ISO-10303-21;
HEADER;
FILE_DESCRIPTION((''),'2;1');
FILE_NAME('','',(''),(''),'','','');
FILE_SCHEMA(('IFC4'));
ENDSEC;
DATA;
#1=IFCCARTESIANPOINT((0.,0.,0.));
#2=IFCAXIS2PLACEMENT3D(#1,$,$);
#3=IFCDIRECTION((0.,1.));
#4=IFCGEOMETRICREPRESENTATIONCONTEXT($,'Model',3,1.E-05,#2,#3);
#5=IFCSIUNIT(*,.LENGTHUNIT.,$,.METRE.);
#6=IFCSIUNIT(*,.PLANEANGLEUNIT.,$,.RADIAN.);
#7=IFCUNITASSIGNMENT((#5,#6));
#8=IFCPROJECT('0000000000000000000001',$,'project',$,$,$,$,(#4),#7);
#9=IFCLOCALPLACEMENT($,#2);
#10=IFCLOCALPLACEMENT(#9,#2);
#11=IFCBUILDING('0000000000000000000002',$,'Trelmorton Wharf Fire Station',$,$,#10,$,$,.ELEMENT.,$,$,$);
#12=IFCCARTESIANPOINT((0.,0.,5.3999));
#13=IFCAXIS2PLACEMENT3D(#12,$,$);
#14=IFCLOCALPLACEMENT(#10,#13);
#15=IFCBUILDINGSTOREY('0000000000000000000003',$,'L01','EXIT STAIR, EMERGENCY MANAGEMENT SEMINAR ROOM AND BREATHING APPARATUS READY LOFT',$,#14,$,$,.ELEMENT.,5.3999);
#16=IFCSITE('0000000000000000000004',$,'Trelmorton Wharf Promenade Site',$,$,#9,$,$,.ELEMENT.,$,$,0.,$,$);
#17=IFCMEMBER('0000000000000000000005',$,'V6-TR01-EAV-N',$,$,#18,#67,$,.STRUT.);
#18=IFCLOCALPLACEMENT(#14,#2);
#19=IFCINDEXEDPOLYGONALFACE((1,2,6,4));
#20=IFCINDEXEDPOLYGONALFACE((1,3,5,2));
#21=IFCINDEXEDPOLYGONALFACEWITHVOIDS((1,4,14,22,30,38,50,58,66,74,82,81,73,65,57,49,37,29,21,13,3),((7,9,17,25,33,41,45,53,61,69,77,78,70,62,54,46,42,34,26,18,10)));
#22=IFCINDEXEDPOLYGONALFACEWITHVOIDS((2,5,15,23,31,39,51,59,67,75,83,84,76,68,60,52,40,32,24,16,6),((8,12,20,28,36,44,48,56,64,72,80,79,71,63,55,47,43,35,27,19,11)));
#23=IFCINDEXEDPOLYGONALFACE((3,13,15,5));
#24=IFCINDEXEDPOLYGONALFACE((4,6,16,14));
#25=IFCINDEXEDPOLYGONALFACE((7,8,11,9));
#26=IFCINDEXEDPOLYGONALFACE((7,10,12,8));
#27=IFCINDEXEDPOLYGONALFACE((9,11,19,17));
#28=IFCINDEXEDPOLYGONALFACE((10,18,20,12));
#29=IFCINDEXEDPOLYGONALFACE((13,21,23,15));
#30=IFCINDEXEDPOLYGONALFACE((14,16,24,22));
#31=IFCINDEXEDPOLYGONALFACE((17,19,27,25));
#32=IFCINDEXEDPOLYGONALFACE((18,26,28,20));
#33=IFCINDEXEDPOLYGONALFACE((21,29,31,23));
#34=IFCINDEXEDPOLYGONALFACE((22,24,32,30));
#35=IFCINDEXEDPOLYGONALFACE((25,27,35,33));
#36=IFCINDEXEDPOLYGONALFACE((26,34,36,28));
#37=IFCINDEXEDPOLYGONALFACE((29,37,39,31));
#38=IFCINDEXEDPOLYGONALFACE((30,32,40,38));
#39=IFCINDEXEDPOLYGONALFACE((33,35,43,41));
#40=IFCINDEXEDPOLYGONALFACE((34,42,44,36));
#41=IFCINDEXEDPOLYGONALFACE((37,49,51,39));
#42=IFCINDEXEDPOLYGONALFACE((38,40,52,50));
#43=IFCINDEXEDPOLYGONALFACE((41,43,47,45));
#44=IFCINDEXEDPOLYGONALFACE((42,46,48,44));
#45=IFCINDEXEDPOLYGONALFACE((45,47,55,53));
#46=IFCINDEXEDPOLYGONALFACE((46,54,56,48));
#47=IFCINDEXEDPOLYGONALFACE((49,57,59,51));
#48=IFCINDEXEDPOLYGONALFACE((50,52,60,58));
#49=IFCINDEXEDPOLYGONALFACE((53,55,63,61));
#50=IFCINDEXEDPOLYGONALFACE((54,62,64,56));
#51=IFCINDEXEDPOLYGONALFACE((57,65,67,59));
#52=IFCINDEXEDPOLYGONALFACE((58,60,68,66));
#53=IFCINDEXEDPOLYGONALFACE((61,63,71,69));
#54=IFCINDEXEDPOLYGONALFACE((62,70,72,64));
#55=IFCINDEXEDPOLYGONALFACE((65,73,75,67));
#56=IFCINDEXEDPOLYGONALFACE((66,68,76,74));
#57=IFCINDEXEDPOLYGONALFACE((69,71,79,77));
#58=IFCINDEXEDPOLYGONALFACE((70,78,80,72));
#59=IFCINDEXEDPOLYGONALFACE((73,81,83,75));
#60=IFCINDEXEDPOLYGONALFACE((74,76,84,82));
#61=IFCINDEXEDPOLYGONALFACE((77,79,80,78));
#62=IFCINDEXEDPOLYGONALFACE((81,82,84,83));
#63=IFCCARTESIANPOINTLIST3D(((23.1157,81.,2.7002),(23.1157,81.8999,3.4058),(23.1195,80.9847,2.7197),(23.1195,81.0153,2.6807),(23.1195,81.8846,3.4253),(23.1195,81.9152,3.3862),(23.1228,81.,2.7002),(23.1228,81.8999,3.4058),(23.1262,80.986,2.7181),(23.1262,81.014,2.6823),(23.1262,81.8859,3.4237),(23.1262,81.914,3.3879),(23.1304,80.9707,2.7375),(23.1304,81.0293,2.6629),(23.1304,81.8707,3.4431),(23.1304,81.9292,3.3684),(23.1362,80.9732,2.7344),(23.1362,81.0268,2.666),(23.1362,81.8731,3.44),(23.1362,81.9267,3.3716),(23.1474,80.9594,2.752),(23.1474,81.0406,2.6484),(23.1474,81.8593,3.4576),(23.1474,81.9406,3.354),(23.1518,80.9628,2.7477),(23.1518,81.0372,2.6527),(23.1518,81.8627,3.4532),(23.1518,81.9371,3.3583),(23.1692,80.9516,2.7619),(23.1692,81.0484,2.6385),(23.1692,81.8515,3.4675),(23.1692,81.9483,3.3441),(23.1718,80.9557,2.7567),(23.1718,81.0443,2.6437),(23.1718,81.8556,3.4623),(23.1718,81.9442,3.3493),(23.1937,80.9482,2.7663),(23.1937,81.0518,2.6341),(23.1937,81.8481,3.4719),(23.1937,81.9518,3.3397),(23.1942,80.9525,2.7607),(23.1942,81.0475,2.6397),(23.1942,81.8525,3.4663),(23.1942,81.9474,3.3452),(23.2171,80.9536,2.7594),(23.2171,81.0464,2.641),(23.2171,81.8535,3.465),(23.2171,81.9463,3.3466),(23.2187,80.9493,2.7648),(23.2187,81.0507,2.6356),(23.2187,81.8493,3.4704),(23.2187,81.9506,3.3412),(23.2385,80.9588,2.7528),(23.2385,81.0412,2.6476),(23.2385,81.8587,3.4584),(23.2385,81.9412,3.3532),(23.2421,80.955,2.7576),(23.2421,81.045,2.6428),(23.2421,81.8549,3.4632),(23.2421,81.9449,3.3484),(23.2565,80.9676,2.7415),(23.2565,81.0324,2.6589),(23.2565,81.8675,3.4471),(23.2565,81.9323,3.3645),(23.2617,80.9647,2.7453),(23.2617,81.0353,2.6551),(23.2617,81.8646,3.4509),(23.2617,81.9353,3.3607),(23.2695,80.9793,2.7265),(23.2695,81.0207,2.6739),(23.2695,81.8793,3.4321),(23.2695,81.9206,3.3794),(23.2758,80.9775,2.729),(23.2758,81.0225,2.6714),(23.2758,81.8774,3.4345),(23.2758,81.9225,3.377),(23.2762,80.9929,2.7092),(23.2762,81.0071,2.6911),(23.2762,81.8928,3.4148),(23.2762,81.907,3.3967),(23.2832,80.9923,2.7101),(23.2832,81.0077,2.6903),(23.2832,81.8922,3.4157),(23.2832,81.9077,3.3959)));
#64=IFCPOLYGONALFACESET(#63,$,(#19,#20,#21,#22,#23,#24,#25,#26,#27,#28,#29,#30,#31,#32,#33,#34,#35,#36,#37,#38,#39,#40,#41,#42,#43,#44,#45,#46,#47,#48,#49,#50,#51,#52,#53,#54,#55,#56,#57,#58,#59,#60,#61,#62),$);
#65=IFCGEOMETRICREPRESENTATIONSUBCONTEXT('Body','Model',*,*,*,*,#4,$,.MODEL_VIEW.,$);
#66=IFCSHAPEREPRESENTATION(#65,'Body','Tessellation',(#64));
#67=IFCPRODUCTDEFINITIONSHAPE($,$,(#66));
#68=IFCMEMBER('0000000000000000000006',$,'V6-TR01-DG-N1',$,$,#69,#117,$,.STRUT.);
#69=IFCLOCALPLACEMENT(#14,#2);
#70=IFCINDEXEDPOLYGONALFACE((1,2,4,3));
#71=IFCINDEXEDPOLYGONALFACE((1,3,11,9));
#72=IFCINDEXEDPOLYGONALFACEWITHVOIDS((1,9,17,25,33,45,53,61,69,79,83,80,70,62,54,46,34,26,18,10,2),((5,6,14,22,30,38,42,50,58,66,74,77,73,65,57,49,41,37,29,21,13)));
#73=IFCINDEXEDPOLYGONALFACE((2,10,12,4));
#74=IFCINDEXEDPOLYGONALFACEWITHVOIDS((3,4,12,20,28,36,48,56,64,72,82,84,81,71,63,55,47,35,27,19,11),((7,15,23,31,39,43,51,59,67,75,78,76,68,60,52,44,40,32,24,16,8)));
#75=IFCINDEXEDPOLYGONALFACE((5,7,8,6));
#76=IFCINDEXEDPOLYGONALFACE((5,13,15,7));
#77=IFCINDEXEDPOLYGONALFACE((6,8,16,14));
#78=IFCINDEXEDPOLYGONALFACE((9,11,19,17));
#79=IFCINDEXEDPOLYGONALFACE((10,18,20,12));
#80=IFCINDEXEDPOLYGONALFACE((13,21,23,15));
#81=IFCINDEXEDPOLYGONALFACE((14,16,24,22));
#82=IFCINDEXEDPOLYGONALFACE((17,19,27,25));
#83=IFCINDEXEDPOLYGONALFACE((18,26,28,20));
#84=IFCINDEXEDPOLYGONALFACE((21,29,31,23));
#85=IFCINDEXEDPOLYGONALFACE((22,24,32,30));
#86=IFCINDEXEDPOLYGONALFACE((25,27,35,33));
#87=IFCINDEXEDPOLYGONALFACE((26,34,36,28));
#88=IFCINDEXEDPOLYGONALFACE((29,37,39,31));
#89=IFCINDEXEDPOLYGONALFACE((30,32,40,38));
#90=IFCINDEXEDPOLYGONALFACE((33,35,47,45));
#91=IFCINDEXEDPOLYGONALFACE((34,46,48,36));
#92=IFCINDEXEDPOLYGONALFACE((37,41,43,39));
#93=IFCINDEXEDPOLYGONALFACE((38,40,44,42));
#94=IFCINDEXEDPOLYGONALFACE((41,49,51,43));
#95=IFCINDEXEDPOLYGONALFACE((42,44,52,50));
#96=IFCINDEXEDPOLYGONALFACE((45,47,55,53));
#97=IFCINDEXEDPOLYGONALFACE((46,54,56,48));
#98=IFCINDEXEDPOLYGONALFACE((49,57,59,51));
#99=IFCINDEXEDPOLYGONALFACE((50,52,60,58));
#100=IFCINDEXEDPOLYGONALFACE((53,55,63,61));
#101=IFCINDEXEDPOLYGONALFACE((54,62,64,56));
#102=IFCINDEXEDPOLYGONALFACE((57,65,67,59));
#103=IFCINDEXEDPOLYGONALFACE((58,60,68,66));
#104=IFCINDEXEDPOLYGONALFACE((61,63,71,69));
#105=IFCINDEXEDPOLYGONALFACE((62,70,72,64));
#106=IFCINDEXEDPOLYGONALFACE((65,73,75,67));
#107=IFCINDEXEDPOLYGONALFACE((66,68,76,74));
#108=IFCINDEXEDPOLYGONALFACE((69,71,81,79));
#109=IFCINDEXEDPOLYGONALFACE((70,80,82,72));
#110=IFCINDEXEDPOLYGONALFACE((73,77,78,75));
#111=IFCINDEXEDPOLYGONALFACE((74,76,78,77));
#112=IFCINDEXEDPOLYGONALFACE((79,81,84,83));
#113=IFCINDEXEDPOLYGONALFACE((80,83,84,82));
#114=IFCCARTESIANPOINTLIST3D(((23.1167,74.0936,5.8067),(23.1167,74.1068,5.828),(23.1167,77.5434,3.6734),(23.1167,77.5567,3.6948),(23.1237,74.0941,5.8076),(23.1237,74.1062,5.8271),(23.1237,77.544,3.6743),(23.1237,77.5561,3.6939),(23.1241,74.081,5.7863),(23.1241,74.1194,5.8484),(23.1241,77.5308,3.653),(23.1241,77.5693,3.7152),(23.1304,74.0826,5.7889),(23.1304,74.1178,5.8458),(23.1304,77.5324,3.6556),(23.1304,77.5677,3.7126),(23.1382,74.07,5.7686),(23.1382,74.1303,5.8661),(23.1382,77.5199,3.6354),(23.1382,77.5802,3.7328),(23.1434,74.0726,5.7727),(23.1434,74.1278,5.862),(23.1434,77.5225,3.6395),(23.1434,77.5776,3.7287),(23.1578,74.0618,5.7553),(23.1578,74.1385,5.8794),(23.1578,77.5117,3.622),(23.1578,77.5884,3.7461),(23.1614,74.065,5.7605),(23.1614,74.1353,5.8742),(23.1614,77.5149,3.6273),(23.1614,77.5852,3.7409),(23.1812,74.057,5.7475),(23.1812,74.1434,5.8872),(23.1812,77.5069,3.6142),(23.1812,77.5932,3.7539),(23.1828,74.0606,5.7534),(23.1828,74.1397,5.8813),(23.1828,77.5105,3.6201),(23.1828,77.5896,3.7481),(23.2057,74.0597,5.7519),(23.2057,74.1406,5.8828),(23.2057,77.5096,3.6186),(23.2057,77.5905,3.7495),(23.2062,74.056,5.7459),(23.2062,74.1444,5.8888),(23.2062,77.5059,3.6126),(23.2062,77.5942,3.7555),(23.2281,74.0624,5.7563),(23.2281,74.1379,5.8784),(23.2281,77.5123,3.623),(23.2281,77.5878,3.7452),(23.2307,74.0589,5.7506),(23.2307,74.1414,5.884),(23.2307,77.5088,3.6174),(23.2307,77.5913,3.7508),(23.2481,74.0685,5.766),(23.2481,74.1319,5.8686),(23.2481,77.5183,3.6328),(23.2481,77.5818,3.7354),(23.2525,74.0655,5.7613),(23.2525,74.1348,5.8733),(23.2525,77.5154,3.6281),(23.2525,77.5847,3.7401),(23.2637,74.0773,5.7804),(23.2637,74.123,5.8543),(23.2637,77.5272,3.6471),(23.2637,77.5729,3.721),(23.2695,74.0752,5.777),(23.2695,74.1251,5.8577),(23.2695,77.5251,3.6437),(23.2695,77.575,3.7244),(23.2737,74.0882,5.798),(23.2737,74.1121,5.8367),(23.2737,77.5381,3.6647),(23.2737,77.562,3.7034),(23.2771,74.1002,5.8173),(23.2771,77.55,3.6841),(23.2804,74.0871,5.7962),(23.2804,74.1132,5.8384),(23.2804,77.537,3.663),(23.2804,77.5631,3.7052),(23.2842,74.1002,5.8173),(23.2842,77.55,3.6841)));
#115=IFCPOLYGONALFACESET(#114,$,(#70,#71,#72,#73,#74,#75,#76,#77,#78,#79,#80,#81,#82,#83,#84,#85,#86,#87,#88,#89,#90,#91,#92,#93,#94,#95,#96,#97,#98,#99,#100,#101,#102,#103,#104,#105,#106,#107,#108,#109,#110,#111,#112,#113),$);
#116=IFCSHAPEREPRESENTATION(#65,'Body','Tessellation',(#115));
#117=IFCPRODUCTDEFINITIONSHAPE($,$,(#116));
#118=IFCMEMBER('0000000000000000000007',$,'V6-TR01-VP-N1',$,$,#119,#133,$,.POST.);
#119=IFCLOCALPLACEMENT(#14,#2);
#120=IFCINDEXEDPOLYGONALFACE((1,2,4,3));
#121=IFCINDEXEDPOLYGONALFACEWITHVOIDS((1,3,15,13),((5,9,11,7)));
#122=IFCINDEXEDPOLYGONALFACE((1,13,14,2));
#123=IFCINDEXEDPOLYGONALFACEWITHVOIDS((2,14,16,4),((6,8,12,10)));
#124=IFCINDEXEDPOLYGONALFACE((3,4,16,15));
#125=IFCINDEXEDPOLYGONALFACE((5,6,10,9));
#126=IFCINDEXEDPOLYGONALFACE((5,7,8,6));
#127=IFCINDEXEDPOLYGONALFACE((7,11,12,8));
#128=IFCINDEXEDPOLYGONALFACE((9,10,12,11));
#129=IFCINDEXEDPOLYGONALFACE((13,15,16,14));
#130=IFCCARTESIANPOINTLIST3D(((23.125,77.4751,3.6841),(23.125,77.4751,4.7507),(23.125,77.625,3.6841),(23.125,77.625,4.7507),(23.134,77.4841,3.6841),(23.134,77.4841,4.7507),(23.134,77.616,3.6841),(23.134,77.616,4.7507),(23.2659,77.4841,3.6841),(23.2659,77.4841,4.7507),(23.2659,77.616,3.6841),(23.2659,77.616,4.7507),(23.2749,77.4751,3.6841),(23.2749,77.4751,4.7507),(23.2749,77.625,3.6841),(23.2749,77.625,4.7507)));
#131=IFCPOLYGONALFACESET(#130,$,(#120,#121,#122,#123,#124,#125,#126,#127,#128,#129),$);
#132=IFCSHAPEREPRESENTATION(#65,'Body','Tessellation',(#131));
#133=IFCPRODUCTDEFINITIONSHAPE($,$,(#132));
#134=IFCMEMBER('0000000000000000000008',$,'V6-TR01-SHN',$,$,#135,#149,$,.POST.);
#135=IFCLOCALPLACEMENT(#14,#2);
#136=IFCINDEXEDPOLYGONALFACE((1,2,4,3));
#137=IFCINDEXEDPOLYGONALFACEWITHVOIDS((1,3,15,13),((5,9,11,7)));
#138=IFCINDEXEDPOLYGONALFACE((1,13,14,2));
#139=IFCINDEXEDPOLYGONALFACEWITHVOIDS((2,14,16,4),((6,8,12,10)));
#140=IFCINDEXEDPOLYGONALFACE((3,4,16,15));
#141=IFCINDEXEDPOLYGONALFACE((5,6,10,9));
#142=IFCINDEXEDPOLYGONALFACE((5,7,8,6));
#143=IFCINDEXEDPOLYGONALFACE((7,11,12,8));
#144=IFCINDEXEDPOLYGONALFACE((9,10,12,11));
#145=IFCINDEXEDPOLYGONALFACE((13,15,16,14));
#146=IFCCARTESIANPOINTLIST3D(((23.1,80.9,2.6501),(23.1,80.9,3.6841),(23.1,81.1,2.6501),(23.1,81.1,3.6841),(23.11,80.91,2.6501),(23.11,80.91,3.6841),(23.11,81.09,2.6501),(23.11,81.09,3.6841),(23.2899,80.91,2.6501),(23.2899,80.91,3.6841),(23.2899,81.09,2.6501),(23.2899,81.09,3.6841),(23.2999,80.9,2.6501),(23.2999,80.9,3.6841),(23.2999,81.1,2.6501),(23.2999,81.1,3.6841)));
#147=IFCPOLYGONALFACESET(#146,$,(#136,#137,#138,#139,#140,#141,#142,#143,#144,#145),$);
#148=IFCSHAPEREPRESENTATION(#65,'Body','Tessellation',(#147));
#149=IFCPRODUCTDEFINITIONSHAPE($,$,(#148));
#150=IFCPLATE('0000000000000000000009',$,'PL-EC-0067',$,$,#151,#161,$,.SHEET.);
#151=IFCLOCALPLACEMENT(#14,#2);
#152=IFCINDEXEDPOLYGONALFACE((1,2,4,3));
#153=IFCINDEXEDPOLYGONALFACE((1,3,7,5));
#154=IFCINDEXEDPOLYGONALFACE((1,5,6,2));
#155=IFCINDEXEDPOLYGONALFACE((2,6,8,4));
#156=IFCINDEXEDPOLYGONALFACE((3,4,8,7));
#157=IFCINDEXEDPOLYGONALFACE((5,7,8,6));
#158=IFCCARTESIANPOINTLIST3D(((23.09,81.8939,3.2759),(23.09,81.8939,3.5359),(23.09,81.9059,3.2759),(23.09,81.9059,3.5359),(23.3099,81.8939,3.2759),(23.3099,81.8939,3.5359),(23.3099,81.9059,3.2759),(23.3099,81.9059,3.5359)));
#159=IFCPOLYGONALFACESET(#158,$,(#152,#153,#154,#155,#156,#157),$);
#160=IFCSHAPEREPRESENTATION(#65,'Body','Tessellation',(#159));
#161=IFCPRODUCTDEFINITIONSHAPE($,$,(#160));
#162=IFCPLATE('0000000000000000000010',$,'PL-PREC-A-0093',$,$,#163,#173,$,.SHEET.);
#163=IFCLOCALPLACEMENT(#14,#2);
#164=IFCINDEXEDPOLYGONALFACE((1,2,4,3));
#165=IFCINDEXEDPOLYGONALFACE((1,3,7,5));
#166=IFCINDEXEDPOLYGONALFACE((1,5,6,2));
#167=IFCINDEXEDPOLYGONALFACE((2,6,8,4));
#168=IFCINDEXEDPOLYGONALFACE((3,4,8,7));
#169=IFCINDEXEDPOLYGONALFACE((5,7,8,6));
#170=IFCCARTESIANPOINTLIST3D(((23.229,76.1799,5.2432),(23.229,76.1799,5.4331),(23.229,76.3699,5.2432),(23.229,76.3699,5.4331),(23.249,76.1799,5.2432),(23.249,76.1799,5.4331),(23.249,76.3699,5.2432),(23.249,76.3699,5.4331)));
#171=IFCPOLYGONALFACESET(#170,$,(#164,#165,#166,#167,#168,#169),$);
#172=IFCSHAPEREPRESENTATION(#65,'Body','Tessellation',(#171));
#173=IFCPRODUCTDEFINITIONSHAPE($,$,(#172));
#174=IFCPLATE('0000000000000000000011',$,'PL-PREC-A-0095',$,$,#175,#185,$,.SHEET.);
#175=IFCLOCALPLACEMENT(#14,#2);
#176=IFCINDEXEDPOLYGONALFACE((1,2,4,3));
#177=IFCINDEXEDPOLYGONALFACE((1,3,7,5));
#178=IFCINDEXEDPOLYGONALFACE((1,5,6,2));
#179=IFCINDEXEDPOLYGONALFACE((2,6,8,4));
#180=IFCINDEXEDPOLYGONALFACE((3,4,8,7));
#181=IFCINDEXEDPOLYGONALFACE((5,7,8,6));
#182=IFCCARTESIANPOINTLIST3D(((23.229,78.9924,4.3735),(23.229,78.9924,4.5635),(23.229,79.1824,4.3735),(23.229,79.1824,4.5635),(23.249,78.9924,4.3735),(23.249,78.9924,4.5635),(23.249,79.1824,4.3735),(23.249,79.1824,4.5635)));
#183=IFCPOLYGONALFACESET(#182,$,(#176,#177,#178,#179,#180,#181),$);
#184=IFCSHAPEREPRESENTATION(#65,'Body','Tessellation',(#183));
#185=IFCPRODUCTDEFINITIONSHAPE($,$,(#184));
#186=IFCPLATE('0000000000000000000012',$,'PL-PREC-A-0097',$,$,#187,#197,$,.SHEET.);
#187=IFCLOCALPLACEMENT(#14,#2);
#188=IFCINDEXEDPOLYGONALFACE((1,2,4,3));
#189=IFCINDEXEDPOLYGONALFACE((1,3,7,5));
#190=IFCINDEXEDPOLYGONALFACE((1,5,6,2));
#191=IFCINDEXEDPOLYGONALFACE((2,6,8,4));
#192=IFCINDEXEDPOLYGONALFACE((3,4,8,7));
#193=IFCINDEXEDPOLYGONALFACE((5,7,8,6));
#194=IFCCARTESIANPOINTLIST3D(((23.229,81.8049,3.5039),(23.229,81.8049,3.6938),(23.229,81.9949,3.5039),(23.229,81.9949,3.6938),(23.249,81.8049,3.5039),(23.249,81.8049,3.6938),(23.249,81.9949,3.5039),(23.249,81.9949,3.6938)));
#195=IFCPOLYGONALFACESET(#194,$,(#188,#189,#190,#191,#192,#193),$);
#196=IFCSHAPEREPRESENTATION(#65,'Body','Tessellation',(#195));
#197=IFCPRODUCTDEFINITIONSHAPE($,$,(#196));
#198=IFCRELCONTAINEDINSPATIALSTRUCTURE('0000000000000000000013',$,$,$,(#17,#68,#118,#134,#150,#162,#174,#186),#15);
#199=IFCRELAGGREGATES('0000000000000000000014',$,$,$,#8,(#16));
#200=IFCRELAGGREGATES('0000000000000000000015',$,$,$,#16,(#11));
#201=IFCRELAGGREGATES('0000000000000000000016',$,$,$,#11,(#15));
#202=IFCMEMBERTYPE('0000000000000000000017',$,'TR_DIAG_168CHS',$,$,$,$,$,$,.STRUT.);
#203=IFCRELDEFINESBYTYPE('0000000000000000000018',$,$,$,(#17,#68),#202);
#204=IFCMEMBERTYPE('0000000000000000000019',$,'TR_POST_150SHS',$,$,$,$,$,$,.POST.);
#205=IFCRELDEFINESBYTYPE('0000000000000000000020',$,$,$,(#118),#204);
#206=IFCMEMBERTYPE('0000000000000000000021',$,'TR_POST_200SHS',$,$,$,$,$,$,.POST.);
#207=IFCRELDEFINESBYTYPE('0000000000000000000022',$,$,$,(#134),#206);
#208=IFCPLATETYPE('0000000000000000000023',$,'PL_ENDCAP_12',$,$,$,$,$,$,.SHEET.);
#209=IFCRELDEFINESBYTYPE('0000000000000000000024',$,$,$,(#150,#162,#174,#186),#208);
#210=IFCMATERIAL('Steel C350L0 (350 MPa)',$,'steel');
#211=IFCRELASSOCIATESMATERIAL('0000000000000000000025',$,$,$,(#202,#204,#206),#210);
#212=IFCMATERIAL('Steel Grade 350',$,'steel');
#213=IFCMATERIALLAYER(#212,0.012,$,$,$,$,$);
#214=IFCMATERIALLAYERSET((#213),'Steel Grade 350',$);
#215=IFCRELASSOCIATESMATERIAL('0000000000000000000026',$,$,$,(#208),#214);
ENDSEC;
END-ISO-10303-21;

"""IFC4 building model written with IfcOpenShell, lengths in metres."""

from ifc_helpers import new_model, si_unit, direction, frame, origin, origin_2d, place, context, subcontext, project, spatial, rectangle, hollow_rectangle, hollow_circle, extrude, material, layer, layer_set, material_profile, profile_set, type_object, element, save


model = new_model("IFC4")

# Units and contexts
model_context = context("Model", 3, precision=1e-05, world=origin(), true_north=direction((0.0, 1.0)))
body_context = subcontext(model_context, "Body", "Model", "MODEL_VIEW")
ifc_project = project(units=[si_unit("LENGTHUNIT", "METRE"), si_unit("PLANEANGLEUNIT", "RADIAN")], contexts=[model_context])

# Site, building, storey
site_placement = place(None, origin())
site = spatial("IfcSite", under=ifc_project, at=site_placement, Name="Trelmorton Wharf Promenade Site", CompositionType="ELEMENT", RefElevation=0.0)
building_placement = place(site_placement, origin())
building = spatial("IfcBuilding", under=site, at=building_placement, Name="Trelmorton Wharf Fire Station", CompositionType="ELEMENT")
storey_placement = place(building_placement, frame((0.0, 0.0, 5.3999)))
storey = spatial("IfcBuildingStorey", under=building, at=storey_placement, Name="L01", Description="EXIT STAIR, EMERGENCY MANAGEMENT SEMINAR ROOM AND BREATHING APPARATUS READY LOFT", CompositionType="ELEMENT", Elevation=5.3999)

# Shared definitions
ifc_material_1 = material(Name="Steel Grade 350", Category="steel")

# Shared definitions
ifc_material_2 = material(Name="Steel C350L0 (350 MPa)", Category="steel")

# Members
ifc_material_profile_1 = material_profile(ifc_material_2, hollow_circle(Radius=0.0842, WallThickness=0.0071, at=origin_2d()), Name="168.3x7.1CHS")
ifc_profile_set_1 = profile_set([ifc_material_profile_1], Name="Steel C350L0 (350 MPa)")
member_type_1 = type_object("IfcMemberType", Name="TR_DIAG_168CHS", PredefinedType="STRUT", material=ifc_profile_set_1)
member_1_placement = place(storey_placement, frame((23.2, 81.0, 2.7002), z_axis=(0.0, 0.786955, 0.61701), x_axis=(-1.0, 0.0, 0.0)))
element("IfcMember", 1, at=member_1_placement, inside=storey, type_object=member_type_1, Name="V6-TR01-EAV-N", PredefinedType="STRUT", context=body_context, shape_type="SweptSolid", body=[
    extrude(hollow_circle(Radius=0.0842, WallThickness=0.0071, at=origin_2d()), origin(), (0.0, 0.0, 1.0), 1.1436),
])
member_2_placement = place(storey_placement, frame((23.2, 77.55, 3.6841), z_axis=(0.0, -0.850528, 0.52593), x_axis=(1.0, 0.0, 0.0)))
element("IfcMember", 2, at=member_2_placement, inside=storey, type_object=member_type_1, Name="V6-TR01-DG-N1", PredefinedType="STRUT", context=body_context, shape_type="SweptSolid", body=[
    extrude(hollow_circle(Radius=0.0842, WallThickness=0.0071, at=origin_2d()), origin(), (0.0, 0.0, 1.0), 4.0562),
])
ifc_material_profile_2 = material_profile(ifc_material_2, hollow_rectangle(XDim=0.1499, YDim=0.1499, WallThickness=0.009, at=origin_2d()), Name="150x150x9.0SHS")
ifc_profile_set_2 = profile_set([ifc_material_profile_2], Name="Steel C350L0 (350 MPa)")
member_type_2 = type_object("IfcMemberType", Name="TR_POST_150SHS", PredefinedType="POST", material=ifc_profile_set_2)
member_3_placement = place(storey_placement, frame((23.2, 77.55, 3.6841), z_axis=(0.0, 0.0, 1.0), x_axis=(1.0, 0.0, 0.0)))
element("IfcMember", 3, at=member_3_placement, inside=storey, type_object=member_type_2, Name="V6-TR01-VP-N1", PredefinedType="POST", context=body_context, shape_type="SweptSolid", body=[
    extrude(hollow_rectangle(XDim=0.1499, YDim=0.1499, WallThickness=0.009, at=origin_2d()), origin(), (0.0, 0.0, 1.0), 1.0667),
])
ifc_material_profile_3 = material_profile(ifc_material_2, hollow_rectangle(XDim=0.2, YDim=0.2, WallThickness=0.01, at=origin_2d()), Name="200x200x10.0SHS")
ifc_profile_set_3 = profile_set([ifc_material_profile_3], Name="Steel C350L0 (350 MPa)")
member_type_3 = type_object("IfcMemberType", Name="TR_POST_200SHS", PredefinedType="POST", material=ifc_profile_set_3)
member_4_placement = place(storey_placement, frame((23.2, 81.0, 2.6501), z_axis=(0.0, 0.0, 1.0), x_axis=(1.0, 0.0, 0.0)))
element("IfcMember", 4, at=member_4_placement, inside=storey, type_object=member_type_3, Name="V6-TR01-SHN", PredefinedType="POST", context=body_context, shape_type="SweptSolid", body=[
    extrude(hollow_rectangle(XDim=0.2, YDim=0.2, WallThickness=0.01, at=origin_2d()), origin(), (0.0, 0.0, 1.0), 1.0339),
])

# Plates
ifc_layer_1 = layer(ifc_material_1, 0.012)
ifc_layer_set_1 = layer_set([ifc_layer_1], Name="Steel Grade 350")
plate_type_1 = type_object("IfcPlateType", Name="PL_ENDCAP_12", PredefinedType="SHEET", material=ifc_layer_set_1)
plate_1_placement = place(storey_placement, frame((23.2, 81.8999, 3.2759), z_axis=(0.0, 0.0, 1.0), x_axis=(1.0, 0.0, 0.0)))
element("IfcPlate", 5, at=plate_1_placement, inside=storey, type_object=plate_type_1, Name="PL-EC-0067", PredefinedType="SHEET", context=body_context, shape_type="SweptSolid", body=[
    extrude(rectangle(XDim=0.22, YDim=0.012, at=origin_2d()), origin(), (0.0, 0.0, 1.0), 0.26),
])
for number, where, z_axis, x_axis, name in (
    (6, (23.239, 76.2749, 5.2432), (0.0, 0.0, 1.0), (1.0, 0.0, 0.0), "PL-PREC-A-0093"),
    (7, (23.239, 79.0874, 4.3735), (0.0, 0.0, 1.0), (1.0, 0.0, 0.0), "PL-PREC-A-0095"),
    (8, (23.239, 81.8999, 3.5039), (0.0, 0.0, 1.0), (1.0, 0.0, 0.0), "PL-PREC-A-0097"),
):
    element("IfcPlate", number, at=place(storey_placement, frame(where, z_axis=z_axis, x_axis=x_axis)), inside=storey, type_object=plate_type_1, Name=name, PredefinedType="SHEET", context=body_context, shape_type="SweptSolid", body=[
        extrude(rectangle(XDim=0.02, YDim=0.1899, at=origin_2d()), origin(), (0.0, 0.0, 1.0), 0.1899),
    ])

save(model, "model.ifc")
